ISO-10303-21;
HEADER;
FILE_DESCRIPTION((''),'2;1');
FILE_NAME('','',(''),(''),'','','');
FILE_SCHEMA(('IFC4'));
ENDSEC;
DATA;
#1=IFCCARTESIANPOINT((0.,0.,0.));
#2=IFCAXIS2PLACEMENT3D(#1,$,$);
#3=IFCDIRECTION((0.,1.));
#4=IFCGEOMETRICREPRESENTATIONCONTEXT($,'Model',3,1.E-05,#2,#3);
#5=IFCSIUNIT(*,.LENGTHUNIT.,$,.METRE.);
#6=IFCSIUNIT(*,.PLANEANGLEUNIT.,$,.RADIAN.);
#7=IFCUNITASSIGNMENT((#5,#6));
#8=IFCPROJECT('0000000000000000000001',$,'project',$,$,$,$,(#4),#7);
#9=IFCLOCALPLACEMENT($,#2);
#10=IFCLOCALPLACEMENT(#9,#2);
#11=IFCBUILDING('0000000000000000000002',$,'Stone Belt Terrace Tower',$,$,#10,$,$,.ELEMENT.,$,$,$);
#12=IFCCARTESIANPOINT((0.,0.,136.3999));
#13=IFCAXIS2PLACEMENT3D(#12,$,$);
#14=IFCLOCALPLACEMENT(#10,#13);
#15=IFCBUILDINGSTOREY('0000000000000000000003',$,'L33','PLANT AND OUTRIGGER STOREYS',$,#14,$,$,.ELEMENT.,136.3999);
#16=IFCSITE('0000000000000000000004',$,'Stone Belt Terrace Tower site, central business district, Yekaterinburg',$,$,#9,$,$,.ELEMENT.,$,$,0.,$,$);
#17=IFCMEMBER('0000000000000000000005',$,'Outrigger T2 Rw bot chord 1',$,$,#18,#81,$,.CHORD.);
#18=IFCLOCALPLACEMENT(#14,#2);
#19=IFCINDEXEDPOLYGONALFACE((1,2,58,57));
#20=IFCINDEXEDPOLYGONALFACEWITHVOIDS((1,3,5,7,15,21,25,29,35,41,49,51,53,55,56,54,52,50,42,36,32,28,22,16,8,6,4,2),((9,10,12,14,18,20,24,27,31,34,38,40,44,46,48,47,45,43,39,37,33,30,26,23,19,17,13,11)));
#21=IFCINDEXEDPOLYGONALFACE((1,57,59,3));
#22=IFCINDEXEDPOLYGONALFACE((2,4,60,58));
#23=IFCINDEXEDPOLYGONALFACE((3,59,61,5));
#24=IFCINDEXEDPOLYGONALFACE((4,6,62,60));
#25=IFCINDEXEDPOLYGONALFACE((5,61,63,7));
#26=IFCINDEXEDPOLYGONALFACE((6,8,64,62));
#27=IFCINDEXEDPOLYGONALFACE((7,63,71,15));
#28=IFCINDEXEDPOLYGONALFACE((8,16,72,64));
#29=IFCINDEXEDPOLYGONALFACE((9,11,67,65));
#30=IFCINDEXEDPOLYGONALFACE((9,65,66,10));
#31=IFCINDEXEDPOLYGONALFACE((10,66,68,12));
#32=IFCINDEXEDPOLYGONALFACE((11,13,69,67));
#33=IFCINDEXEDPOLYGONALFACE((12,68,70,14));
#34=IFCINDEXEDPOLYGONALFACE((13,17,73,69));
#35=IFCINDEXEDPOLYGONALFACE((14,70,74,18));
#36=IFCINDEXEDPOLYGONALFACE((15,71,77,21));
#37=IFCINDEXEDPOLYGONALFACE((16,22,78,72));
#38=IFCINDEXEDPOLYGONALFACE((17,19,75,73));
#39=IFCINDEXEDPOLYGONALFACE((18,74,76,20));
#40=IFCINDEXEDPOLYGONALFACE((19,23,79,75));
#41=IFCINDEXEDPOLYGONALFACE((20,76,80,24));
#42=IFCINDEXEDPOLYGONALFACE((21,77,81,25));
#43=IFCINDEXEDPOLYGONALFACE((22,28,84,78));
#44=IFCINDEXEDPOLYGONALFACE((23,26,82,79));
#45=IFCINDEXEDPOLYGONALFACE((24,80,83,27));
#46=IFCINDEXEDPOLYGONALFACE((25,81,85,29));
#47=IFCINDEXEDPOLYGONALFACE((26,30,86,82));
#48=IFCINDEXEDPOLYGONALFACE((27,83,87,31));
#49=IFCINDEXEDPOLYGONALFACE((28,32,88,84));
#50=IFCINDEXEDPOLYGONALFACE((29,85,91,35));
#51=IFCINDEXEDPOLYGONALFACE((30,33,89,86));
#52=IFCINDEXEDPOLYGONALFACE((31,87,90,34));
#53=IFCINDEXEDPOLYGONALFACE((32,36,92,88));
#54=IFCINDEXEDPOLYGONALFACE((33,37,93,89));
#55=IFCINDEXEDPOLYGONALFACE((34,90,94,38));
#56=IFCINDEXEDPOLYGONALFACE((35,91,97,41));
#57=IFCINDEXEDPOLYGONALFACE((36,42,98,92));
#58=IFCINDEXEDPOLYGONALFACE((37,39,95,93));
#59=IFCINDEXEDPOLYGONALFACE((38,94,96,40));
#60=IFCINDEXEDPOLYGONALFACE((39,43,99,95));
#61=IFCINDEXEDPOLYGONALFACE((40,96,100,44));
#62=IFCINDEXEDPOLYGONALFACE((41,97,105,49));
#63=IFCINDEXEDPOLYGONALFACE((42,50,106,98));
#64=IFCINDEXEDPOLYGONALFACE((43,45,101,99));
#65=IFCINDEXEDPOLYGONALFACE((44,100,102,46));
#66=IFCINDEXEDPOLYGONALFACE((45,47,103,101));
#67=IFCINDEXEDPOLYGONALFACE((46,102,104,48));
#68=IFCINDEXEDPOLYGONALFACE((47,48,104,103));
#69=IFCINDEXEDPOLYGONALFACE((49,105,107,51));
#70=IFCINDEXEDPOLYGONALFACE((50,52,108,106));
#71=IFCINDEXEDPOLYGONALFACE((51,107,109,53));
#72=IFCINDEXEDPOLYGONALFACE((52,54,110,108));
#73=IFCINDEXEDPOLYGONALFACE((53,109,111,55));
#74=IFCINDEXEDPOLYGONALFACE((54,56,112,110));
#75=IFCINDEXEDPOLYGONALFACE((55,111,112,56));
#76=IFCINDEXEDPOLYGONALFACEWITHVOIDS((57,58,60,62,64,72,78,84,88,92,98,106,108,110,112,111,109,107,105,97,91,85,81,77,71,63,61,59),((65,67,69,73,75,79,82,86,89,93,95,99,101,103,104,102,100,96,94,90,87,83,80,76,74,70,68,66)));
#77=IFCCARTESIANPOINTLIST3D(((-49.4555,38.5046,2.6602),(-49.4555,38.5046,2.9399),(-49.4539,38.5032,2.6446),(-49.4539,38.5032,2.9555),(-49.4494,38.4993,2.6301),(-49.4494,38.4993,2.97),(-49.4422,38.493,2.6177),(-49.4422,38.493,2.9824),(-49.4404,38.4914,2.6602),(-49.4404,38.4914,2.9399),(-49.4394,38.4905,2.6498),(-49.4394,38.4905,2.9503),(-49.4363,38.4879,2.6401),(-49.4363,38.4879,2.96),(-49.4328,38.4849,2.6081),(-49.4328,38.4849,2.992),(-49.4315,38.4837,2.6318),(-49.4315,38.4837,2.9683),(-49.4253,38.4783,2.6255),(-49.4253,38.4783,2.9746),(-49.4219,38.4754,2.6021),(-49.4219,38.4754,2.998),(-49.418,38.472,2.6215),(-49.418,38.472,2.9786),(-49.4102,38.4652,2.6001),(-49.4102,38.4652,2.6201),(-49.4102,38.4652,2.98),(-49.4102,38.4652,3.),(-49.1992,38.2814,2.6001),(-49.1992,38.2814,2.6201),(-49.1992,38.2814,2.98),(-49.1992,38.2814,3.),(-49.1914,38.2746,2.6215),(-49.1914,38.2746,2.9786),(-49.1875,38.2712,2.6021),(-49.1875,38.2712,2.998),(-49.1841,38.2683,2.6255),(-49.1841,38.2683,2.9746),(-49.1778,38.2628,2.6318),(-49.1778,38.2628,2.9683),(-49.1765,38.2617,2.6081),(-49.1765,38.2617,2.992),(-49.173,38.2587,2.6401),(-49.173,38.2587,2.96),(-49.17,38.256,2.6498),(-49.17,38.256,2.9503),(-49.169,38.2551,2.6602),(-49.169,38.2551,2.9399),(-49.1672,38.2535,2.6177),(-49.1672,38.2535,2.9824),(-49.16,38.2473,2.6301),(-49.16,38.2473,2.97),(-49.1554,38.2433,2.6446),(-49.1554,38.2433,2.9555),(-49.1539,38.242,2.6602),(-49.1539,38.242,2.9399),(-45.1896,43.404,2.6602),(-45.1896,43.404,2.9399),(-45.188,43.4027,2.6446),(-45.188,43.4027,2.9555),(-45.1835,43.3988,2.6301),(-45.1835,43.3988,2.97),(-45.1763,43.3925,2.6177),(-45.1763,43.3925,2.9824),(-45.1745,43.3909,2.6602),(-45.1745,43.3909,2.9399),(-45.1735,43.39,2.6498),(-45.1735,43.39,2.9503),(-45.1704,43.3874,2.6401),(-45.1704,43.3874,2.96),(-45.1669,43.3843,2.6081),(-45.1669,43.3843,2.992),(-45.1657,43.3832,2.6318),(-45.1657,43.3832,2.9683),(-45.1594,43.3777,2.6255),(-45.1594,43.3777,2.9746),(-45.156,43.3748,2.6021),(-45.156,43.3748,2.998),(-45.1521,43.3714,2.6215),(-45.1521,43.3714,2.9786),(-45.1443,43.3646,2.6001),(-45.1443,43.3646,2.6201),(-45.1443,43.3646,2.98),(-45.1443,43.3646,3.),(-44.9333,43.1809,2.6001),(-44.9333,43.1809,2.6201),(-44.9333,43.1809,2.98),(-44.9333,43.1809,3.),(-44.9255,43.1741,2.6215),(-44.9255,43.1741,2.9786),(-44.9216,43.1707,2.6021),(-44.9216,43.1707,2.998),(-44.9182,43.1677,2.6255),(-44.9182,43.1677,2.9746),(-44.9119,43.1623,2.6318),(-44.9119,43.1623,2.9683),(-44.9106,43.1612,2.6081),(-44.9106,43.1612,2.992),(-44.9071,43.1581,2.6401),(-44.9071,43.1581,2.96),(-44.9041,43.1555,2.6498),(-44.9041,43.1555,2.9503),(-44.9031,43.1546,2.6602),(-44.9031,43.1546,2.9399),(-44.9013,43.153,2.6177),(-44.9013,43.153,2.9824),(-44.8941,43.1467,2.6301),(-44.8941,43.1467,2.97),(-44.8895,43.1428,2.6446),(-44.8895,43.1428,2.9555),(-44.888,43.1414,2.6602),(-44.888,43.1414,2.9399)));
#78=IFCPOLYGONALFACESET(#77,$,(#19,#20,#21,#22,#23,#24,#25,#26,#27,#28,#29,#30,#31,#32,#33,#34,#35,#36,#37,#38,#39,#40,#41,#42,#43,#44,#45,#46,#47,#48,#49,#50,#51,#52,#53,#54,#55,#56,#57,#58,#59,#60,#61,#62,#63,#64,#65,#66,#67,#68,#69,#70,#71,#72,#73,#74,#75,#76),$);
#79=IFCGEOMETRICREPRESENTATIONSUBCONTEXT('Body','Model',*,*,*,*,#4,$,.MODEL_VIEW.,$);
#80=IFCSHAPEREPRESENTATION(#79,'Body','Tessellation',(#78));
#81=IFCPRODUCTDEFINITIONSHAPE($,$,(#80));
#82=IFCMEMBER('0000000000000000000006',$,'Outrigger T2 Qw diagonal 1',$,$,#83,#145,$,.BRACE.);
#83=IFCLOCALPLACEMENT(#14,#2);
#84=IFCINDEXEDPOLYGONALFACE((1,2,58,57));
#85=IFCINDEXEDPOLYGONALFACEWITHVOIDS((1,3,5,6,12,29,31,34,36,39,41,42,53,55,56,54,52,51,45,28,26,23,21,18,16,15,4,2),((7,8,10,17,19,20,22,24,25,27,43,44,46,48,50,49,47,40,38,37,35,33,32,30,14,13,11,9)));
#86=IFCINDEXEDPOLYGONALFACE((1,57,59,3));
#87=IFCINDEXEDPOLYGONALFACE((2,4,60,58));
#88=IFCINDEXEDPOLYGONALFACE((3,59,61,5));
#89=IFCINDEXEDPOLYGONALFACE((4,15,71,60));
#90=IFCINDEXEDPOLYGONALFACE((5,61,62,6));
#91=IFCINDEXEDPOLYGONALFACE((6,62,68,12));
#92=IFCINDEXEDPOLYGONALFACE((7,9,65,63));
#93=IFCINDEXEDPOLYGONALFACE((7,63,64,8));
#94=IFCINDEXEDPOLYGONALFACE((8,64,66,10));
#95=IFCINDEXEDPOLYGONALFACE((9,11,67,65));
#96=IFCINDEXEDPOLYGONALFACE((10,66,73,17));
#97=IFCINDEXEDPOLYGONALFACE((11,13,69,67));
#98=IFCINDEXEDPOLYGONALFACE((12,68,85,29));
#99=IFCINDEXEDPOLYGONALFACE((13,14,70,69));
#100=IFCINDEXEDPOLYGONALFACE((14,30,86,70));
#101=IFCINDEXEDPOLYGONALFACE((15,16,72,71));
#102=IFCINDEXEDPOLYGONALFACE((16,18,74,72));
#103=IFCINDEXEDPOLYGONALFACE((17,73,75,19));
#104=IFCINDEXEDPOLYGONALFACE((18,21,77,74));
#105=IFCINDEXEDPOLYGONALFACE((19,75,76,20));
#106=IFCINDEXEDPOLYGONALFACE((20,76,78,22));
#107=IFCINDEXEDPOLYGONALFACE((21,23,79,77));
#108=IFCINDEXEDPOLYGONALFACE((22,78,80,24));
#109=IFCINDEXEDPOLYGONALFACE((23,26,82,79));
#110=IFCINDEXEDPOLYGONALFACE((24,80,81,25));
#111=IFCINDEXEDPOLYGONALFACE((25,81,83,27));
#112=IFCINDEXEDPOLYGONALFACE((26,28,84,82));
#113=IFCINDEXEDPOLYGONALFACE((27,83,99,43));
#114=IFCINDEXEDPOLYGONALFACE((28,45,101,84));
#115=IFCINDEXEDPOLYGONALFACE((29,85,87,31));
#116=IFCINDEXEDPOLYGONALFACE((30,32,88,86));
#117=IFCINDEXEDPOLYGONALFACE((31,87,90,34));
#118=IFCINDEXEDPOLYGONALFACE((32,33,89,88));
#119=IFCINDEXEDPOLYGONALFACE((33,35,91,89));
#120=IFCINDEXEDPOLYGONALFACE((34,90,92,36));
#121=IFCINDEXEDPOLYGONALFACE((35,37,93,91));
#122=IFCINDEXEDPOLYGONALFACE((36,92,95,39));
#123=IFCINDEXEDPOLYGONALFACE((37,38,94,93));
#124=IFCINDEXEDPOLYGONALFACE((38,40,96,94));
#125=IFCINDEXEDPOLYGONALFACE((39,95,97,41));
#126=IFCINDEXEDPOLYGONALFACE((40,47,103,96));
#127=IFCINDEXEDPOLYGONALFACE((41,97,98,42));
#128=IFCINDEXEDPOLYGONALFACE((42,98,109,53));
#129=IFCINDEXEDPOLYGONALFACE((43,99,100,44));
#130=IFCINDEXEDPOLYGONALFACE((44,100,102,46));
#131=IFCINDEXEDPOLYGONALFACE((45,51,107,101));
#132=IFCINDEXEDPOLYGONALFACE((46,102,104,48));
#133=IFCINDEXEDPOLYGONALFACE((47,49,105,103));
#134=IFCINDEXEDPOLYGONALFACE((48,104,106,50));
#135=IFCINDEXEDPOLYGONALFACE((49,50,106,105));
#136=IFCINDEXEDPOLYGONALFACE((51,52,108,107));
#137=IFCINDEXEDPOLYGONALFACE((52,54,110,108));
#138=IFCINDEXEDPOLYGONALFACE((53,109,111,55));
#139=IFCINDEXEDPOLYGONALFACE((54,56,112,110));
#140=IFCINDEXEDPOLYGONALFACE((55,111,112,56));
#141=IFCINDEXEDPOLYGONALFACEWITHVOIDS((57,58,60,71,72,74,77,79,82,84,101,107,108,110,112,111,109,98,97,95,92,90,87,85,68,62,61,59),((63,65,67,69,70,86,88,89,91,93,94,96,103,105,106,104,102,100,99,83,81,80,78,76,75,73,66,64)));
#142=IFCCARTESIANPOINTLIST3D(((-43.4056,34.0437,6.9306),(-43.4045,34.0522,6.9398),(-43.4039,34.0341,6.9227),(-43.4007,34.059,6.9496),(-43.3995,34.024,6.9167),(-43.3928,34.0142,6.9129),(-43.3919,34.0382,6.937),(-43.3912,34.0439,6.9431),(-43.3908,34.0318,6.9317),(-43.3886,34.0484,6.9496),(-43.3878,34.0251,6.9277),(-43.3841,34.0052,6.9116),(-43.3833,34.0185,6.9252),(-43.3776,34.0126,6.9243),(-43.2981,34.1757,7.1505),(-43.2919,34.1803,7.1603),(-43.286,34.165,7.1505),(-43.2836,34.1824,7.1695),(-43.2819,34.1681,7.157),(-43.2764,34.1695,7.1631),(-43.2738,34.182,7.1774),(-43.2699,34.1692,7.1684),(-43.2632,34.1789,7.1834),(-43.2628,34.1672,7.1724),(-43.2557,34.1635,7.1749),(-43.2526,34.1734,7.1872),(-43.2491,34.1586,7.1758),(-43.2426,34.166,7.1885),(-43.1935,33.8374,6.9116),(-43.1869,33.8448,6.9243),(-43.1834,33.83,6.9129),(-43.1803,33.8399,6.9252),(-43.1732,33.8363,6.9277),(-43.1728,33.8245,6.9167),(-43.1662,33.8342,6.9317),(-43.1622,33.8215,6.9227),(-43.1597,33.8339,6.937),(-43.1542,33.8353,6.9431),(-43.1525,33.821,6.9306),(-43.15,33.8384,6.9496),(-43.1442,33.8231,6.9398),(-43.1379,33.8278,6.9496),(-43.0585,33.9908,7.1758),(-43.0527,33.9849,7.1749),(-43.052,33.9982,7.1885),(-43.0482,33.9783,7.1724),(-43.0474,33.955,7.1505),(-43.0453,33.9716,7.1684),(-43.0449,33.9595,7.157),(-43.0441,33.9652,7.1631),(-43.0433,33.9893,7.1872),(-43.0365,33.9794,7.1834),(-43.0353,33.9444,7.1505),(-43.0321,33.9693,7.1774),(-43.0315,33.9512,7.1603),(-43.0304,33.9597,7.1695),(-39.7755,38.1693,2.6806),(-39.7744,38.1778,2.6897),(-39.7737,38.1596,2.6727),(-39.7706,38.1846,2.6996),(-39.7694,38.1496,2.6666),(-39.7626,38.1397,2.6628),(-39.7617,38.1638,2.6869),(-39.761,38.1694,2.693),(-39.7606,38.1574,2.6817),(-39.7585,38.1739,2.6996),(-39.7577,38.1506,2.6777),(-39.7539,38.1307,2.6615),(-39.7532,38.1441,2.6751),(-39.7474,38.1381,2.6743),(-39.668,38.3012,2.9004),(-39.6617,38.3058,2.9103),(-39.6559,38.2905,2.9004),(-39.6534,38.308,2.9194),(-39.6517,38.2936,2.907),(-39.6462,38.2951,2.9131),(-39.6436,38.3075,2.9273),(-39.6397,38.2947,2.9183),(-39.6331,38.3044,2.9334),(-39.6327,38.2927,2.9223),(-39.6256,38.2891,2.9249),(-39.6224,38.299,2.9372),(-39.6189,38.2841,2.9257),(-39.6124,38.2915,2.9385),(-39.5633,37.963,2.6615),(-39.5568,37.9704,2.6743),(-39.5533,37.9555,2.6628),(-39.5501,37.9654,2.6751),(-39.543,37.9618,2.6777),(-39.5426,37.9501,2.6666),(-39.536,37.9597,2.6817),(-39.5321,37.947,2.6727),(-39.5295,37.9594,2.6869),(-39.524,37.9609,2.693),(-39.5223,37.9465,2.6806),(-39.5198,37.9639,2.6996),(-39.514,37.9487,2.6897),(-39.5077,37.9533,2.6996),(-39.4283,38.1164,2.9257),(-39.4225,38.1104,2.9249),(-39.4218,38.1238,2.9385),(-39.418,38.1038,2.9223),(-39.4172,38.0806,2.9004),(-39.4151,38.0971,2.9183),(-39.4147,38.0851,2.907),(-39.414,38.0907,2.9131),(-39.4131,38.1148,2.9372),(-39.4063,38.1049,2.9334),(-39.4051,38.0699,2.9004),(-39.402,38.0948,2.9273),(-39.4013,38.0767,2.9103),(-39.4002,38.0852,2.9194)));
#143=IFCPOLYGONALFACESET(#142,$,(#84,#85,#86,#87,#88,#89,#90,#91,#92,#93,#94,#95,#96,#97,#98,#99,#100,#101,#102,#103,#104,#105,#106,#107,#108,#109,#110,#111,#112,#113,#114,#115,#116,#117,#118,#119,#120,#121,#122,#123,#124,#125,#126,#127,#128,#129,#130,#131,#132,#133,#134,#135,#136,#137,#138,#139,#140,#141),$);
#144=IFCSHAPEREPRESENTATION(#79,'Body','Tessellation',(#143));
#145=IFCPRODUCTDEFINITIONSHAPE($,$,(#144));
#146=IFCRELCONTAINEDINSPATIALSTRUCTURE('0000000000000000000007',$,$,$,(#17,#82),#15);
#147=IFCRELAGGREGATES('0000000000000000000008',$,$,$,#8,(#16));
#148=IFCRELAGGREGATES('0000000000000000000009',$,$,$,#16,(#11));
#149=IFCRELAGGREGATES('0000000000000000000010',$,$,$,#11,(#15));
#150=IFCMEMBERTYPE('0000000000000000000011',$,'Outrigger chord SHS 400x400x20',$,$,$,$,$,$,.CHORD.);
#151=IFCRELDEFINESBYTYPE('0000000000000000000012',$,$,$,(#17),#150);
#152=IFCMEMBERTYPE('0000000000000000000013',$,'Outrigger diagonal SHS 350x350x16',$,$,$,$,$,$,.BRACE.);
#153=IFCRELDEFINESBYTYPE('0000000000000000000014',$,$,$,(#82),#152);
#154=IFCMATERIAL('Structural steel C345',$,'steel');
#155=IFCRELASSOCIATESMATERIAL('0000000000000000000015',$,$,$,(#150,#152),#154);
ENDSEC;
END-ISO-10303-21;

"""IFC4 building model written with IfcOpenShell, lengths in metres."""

from ifc_helpers import new_model, si_unit, direction, frame, origin, origin_2d, place, context, subcontext, project, spatial, hollow_rectangle, extrude, material, material_profile, profile_set, type_object, element, save


model = new_model("IFC4")

# Units and contexts
model_context = context("Model", 3, precision=1e-05, world=origin(), true_north=direction((0.0, 1.0)))
body_context = subcontext(model_context, "Body", "Model", "MODEL_VIEW")
ifc_project = project(units=[si_unit("LENGTHUNIT", "METRE"), si_unit("PLANEANGLEUNIT", "RADIAN")], contexts=[model_context])

# Site, building, storey
site_placement = place(None, origin())
site = spatial("IfcSite", under=ifc_project, at=site_placement, Name="Stone Belt Terrace Tower site, central business district, Yekaterinburg", CompositionType="ELEMENT", RefElevation=0.0)
building_placement = place(site_placement, origin())
building = spatial("IfcBuilding", under=site, at=building_placement, Name="Stone Belt Terrace Tower", CompositionType="ELEMENT")
storey_placement = place(building_placement, frame((0.0, 0.0, 136.3999)))
storey = spatial("IfcBuildingStorey", under=building, at=storey_placement, Name="L33", Description="PLANT AND OUTRIGGER STOREYS", CompositionType="ELEMENT", Elevation=136.3999)

# Members
ifc_material_1 = material(Name="Structural steel C345", Category="steel")
ifc_material_profile_1 = material_profile(ifc_material_1, hollow_rectangle(XDim=0.3999, YDim=0.3999, WallThickness=0.02, InnerFilletRadius=0.04, OuterFilletRadius=0.0601, at=origin_2d()), Name="SHS 400x400x20")
ifc_profile_set_1 = profile_set([ifc_material_profile_1], Name="Structural steel C345")
member_type_1 = type_object("IfcMemberType", Name="Outrigger chord SHS 400x400x20", PredefinedType="CHORD", material=ifc_profile_set_1)
for number, where, z_axis, x_axis, name in (
    (1, (-49.3047, 38.3733, 2.8), (0.656661, 0.754185, 0.0), (-0.754185, 0.656661, 0.0), "Outrigger T2 Rw bot chord 1"),
):
    element("IfcMember", number, at=place(storey_placement, frame(where, z_axis=z_axis, x_axis=x_axis)), inside=storey, type_object=member_type_1, Name=name, PredefinedType="CHORD", context=body_context, shape_type="SweptSolid", body=[
        extrude(hollow_rectangle(XDim=0.3999, YDim=0.3999, WallThickness=0.02, InnerFilletRadius=0.04, OuterFilletRadius=0.0601, at=origin_2d()), origin(), (0.0, 0.0, 1.0), 6.4963),
    ])
ifc_material_profile_2 = material_profile(ifc_material_1, hollow_rectangle(XDim=0.3501, YDim=0.3501, WallThickness=0.0161, InnerFilletRadius=0.032, OuterFilletRadius=0.0481, at=origin_2d()), Name="SHS 350x350x16")
ifc_profile_set_2 = profile_set([ifc_material_profile_2], Name="Structural steel C345")
member_type_2 = type_object("IfcMemberType", Name="Outrigger diagonal SHS 350x350x16", PredefinedType="BRACE", material=ifc_profile_set_2)
member_1_placement = place(storey_placement, frame((-43.218, 34.0017, 7.05), z_axis=(0.52255, 0.593857, -0.61178), x_axis=(-0.750741, 0.660597, 0.0)))
element("IfcMember", 2, at=member_1_placement, inside=storey, type_object=member_type_2, Name="Outrigger T2 Qw diagonal 1", PredefinedType="BRACE", context=body_context, shape_type="SweptSolid", body=[
    extrude(hollow_rectangle(XDim=0.3501, YDim=0.3501, WallThickness=0.0161, InnerFilletRadius=0.032, OuterFilletRadius=0.0481, at=origin_2d()), origin(), (0.0, 0.0, 1.0), 6.947),
])

save(model, "model.ifc")
